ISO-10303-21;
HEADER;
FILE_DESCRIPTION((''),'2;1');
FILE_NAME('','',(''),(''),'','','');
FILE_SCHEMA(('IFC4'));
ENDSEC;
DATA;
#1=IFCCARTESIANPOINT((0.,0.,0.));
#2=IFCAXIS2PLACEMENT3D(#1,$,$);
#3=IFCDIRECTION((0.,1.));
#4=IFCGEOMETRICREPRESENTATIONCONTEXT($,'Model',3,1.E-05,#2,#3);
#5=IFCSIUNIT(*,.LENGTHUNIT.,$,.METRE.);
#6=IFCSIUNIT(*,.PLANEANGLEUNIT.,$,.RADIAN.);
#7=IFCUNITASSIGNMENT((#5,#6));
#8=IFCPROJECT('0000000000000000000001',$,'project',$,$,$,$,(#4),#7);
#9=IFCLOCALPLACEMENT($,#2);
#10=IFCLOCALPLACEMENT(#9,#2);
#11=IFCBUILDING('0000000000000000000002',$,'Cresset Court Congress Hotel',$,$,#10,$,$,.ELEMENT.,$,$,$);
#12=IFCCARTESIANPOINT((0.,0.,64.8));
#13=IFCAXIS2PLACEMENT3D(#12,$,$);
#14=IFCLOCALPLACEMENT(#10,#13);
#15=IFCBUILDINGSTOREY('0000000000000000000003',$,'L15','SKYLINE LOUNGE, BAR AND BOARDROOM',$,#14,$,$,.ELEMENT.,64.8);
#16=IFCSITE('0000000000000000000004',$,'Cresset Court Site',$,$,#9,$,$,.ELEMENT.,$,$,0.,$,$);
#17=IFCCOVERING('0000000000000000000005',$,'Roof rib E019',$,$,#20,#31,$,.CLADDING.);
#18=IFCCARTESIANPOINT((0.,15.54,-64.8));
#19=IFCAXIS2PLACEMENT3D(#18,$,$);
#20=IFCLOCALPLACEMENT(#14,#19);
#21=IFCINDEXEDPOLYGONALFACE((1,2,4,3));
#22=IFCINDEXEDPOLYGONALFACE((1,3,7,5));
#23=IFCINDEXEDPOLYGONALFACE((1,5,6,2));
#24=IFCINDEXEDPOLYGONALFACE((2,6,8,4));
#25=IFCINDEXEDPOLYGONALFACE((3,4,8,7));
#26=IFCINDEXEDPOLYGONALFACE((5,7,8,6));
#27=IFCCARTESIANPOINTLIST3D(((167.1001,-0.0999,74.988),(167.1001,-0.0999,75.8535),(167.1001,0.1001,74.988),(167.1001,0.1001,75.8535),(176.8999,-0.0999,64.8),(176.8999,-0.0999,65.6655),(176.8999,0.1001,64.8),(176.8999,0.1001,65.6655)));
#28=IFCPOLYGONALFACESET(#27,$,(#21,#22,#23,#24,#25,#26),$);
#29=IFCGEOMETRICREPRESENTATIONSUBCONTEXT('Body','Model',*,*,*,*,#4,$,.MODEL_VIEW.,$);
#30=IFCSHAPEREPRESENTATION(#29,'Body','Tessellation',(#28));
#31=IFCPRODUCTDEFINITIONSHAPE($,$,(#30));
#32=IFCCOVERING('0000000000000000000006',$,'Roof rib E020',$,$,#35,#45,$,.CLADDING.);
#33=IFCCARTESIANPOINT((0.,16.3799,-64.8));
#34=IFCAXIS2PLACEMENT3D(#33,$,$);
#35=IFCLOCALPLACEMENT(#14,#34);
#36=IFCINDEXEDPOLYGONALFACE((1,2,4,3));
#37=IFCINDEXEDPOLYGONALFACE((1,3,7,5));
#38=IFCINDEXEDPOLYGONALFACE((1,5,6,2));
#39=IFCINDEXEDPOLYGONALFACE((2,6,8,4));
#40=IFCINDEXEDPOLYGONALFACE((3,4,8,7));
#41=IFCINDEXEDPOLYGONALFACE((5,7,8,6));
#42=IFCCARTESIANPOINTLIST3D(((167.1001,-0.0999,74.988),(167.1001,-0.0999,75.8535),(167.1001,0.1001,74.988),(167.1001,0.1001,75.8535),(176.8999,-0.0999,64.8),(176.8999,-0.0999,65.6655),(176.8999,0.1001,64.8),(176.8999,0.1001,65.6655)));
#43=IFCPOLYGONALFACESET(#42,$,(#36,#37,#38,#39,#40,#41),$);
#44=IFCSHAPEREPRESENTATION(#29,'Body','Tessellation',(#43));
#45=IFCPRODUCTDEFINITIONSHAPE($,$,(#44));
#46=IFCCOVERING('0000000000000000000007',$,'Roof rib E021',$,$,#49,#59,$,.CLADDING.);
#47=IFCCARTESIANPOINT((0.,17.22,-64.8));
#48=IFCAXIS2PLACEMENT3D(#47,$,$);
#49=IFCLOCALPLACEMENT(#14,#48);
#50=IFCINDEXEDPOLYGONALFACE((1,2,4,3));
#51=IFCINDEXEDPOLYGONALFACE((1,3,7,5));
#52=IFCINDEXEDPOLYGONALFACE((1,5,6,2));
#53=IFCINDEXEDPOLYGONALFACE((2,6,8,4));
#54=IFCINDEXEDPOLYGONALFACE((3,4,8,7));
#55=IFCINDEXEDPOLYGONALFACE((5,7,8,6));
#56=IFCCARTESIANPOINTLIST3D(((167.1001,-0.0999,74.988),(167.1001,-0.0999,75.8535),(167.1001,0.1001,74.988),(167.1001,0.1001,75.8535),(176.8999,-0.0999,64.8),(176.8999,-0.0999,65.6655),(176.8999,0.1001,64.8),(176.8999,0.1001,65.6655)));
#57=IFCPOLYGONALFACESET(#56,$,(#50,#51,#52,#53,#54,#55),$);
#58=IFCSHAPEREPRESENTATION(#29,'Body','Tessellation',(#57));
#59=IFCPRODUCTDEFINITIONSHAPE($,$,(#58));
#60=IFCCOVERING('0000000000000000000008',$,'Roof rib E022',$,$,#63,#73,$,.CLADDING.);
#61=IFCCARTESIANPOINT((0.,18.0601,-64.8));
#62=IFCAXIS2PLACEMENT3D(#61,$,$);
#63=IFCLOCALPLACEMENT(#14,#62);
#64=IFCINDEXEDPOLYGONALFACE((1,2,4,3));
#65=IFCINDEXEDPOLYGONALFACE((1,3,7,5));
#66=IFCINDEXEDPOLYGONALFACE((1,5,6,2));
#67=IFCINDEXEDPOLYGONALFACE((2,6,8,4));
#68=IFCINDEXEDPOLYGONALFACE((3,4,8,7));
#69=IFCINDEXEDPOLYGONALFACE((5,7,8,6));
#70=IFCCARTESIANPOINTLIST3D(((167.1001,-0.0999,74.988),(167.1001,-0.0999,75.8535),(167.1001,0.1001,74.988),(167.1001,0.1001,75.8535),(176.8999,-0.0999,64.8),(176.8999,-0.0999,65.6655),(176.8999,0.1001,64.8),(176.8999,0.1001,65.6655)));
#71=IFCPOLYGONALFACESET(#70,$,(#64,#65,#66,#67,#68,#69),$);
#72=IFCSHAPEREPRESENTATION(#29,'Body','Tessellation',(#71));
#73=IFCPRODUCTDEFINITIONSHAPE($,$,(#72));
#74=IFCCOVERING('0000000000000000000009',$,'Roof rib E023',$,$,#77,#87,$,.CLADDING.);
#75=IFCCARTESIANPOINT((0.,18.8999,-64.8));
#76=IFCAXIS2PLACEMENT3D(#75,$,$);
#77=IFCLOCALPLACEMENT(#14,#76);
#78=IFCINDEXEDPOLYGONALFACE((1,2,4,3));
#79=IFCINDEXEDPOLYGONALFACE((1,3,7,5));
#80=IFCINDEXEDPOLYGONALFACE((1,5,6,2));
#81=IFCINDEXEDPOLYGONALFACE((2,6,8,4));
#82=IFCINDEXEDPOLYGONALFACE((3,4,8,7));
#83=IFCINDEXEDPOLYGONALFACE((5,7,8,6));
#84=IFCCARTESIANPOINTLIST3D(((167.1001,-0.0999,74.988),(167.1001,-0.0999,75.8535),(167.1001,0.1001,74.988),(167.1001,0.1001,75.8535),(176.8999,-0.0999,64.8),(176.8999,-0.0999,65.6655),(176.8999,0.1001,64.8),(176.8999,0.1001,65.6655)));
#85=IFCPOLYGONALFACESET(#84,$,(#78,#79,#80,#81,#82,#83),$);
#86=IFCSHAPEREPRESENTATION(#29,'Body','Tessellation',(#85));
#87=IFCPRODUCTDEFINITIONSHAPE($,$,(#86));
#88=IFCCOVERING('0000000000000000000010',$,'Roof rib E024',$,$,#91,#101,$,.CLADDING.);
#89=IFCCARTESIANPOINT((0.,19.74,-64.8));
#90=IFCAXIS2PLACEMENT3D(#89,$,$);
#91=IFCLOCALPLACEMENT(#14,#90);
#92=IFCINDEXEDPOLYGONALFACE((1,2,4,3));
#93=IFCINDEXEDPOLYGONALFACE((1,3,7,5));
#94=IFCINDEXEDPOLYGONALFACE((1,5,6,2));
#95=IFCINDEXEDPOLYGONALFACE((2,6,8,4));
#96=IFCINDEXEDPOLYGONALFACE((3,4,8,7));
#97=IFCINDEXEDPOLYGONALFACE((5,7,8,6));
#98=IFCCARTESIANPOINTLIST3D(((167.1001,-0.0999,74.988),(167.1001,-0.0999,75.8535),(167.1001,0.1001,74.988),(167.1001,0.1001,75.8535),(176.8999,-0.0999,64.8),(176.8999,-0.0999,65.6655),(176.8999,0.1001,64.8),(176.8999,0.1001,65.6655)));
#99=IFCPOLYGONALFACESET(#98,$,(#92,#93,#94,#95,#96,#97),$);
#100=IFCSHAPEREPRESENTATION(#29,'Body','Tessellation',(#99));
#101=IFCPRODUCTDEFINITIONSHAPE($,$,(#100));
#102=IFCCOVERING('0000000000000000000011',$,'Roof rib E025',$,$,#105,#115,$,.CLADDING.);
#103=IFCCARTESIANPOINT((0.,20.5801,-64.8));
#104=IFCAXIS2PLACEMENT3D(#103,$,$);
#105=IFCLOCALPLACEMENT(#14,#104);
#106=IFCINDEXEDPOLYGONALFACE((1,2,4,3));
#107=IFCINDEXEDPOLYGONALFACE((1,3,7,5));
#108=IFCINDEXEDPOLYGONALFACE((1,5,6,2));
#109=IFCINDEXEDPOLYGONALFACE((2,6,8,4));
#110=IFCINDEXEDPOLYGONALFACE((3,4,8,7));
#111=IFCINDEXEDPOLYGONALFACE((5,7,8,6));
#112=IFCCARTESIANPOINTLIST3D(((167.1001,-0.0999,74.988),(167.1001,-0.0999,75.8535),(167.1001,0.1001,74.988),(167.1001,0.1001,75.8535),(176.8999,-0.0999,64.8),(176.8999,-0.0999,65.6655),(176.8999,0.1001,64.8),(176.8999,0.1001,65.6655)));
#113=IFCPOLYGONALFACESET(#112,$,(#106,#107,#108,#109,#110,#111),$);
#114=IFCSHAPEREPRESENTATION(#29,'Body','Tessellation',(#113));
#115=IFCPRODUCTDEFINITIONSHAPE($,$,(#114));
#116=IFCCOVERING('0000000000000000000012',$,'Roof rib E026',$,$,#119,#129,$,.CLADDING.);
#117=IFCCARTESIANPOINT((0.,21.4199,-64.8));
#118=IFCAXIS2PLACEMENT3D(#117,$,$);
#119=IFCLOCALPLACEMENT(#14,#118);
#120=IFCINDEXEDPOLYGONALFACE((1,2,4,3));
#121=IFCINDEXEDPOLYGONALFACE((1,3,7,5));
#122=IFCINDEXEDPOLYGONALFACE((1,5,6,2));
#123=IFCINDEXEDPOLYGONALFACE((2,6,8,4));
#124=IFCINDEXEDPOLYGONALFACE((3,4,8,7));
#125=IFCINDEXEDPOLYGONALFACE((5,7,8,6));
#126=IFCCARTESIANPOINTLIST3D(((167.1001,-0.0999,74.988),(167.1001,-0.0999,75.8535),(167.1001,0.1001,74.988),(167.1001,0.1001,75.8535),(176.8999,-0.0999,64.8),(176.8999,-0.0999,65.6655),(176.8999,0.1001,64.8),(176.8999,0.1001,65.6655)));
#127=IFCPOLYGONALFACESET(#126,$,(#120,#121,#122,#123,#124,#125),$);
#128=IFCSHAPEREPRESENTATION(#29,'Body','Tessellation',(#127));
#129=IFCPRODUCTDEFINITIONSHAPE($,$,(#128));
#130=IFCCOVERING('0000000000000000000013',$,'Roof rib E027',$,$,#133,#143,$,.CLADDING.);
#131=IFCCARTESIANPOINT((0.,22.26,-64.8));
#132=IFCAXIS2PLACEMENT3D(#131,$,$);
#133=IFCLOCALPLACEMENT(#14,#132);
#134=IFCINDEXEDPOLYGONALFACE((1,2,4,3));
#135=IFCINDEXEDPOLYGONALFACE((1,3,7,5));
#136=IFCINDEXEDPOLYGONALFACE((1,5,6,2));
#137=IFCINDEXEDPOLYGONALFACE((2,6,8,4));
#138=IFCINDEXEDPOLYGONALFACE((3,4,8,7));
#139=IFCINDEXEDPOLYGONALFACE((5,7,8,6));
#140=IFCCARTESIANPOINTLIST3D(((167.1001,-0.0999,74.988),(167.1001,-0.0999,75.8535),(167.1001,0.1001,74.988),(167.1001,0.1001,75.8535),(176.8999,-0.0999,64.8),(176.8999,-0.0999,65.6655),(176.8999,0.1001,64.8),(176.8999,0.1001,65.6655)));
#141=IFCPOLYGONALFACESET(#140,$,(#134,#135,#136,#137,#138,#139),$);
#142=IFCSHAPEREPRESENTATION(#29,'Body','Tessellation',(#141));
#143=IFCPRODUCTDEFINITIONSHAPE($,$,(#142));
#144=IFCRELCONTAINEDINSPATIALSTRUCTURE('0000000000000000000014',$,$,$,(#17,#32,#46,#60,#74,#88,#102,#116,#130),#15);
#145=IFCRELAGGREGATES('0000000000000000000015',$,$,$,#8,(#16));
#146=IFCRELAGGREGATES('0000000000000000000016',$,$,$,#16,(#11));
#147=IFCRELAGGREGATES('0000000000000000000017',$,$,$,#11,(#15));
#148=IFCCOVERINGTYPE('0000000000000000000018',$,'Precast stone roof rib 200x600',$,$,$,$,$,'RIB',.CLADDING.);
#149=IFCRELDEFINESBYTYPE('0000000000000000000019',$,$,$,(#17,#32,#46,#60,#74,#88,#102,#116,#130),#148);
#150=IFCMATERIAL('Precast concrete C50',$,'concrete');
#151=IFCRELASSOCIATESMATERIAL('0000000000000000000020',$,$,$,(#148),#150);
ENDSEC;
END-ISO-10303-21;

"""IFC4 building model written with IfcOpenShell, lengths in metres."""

from ifc_helpers import new_model, si_unit, direction, frame, origin, place, context, subcontext, project, spatial, polyline, outline, extrude, material, type_object, element, save


model = new_model("IFC4")

# Units and contexts
model_context = context("Model", 3, precision=1e-05, world=origin(), true_north=direction((0.0, 1.0)))
body_context = subcontext(model_context, "Body", "Model", "MODEL_VIEW")
ifc_project = project(units=[si_unit("LENGTHUNIT", "METRE"), si_unit("PLANEANGLEUNIT", "RADIAN")], contexts=[model_context])

# Site, building, storey
site_placement = place(None, origin())
site = spatial("IfcSite", under=ifc_project, at=site_placement, Name="Cresset Court Site", CompositionType="ELEMENT", RefElevation=0.0)
building_placement = place(site_placement, origin())
building = spatial("IfcBuilding", under=site, at=building_placement, Name="Cresset Court Congress Hotel", CompositionType="ELEMENT")
storey_placement = place(building_placement, frame((0.0, 0.0, 64.8)))
storey = spatial("IfcBuildingStorey", under=building, at=storey_placement, Name="L15", Description="SKYLINE LOUNGE, BAR AND BOARDROOM", CompositionType="ELEMENT", Elevation=64.8)

# Coverings
ifc_material = material(Name="Precast concrete C50", Category="concrete")
covering_type = type_object("IfcCoveringType", Name="Precast stone roof rib 200x600", ElementType="RIB", PredefinedType="CLADDING", material=ifc_material)
for number, where, name in (
    (1, (0.0, 15.54, -64.8), "Roof rib E019"),
    (2, (0.0, 16.3799, -64.8), "Roof rib E020"),
    (3, (0.0, 17.22, -64.8), "Roof rib E021"),
    (4, (0.0, 18.0601, -64.8), "Roof rib E022"),
    (5, (0.0, 18.8999, -64.8), "Roof rib E023"),
    (6, (0.0, 19.74, -64.8), "Roof rib E024"),
    (7, (0.0, 20.5801, -64.8), "Roof rib E025"),
    (8, (0.0, 21.4199, -64.8), "Roof rib E026"),
    (9, (0.0, 22.26, -64.8), "Roof rib E027"),
):
    element("IfcCovering", number, at=place(storey_placement, frame(where)), inside=storey, type_object=covering_type, Name=name, PredefinedType="CLADDING", context=body_context, shape_type="SweptSolid", body=[
        extrude(outline(polyline([(167.1001, 74.988), (176.8999, 64.8), (176.8999, 65.6655), (167.1001, 75.8535), (167.1001, 74.988)])), frame((0.0, 0.1001, 0.0), z_axis=(0.0, -1.0, 0.0), x_axis=(1.0, 0.0, 0.0)), (0.0, 0.0, 1.0), 0.2),
    ])

save(model, "model.ifc")
